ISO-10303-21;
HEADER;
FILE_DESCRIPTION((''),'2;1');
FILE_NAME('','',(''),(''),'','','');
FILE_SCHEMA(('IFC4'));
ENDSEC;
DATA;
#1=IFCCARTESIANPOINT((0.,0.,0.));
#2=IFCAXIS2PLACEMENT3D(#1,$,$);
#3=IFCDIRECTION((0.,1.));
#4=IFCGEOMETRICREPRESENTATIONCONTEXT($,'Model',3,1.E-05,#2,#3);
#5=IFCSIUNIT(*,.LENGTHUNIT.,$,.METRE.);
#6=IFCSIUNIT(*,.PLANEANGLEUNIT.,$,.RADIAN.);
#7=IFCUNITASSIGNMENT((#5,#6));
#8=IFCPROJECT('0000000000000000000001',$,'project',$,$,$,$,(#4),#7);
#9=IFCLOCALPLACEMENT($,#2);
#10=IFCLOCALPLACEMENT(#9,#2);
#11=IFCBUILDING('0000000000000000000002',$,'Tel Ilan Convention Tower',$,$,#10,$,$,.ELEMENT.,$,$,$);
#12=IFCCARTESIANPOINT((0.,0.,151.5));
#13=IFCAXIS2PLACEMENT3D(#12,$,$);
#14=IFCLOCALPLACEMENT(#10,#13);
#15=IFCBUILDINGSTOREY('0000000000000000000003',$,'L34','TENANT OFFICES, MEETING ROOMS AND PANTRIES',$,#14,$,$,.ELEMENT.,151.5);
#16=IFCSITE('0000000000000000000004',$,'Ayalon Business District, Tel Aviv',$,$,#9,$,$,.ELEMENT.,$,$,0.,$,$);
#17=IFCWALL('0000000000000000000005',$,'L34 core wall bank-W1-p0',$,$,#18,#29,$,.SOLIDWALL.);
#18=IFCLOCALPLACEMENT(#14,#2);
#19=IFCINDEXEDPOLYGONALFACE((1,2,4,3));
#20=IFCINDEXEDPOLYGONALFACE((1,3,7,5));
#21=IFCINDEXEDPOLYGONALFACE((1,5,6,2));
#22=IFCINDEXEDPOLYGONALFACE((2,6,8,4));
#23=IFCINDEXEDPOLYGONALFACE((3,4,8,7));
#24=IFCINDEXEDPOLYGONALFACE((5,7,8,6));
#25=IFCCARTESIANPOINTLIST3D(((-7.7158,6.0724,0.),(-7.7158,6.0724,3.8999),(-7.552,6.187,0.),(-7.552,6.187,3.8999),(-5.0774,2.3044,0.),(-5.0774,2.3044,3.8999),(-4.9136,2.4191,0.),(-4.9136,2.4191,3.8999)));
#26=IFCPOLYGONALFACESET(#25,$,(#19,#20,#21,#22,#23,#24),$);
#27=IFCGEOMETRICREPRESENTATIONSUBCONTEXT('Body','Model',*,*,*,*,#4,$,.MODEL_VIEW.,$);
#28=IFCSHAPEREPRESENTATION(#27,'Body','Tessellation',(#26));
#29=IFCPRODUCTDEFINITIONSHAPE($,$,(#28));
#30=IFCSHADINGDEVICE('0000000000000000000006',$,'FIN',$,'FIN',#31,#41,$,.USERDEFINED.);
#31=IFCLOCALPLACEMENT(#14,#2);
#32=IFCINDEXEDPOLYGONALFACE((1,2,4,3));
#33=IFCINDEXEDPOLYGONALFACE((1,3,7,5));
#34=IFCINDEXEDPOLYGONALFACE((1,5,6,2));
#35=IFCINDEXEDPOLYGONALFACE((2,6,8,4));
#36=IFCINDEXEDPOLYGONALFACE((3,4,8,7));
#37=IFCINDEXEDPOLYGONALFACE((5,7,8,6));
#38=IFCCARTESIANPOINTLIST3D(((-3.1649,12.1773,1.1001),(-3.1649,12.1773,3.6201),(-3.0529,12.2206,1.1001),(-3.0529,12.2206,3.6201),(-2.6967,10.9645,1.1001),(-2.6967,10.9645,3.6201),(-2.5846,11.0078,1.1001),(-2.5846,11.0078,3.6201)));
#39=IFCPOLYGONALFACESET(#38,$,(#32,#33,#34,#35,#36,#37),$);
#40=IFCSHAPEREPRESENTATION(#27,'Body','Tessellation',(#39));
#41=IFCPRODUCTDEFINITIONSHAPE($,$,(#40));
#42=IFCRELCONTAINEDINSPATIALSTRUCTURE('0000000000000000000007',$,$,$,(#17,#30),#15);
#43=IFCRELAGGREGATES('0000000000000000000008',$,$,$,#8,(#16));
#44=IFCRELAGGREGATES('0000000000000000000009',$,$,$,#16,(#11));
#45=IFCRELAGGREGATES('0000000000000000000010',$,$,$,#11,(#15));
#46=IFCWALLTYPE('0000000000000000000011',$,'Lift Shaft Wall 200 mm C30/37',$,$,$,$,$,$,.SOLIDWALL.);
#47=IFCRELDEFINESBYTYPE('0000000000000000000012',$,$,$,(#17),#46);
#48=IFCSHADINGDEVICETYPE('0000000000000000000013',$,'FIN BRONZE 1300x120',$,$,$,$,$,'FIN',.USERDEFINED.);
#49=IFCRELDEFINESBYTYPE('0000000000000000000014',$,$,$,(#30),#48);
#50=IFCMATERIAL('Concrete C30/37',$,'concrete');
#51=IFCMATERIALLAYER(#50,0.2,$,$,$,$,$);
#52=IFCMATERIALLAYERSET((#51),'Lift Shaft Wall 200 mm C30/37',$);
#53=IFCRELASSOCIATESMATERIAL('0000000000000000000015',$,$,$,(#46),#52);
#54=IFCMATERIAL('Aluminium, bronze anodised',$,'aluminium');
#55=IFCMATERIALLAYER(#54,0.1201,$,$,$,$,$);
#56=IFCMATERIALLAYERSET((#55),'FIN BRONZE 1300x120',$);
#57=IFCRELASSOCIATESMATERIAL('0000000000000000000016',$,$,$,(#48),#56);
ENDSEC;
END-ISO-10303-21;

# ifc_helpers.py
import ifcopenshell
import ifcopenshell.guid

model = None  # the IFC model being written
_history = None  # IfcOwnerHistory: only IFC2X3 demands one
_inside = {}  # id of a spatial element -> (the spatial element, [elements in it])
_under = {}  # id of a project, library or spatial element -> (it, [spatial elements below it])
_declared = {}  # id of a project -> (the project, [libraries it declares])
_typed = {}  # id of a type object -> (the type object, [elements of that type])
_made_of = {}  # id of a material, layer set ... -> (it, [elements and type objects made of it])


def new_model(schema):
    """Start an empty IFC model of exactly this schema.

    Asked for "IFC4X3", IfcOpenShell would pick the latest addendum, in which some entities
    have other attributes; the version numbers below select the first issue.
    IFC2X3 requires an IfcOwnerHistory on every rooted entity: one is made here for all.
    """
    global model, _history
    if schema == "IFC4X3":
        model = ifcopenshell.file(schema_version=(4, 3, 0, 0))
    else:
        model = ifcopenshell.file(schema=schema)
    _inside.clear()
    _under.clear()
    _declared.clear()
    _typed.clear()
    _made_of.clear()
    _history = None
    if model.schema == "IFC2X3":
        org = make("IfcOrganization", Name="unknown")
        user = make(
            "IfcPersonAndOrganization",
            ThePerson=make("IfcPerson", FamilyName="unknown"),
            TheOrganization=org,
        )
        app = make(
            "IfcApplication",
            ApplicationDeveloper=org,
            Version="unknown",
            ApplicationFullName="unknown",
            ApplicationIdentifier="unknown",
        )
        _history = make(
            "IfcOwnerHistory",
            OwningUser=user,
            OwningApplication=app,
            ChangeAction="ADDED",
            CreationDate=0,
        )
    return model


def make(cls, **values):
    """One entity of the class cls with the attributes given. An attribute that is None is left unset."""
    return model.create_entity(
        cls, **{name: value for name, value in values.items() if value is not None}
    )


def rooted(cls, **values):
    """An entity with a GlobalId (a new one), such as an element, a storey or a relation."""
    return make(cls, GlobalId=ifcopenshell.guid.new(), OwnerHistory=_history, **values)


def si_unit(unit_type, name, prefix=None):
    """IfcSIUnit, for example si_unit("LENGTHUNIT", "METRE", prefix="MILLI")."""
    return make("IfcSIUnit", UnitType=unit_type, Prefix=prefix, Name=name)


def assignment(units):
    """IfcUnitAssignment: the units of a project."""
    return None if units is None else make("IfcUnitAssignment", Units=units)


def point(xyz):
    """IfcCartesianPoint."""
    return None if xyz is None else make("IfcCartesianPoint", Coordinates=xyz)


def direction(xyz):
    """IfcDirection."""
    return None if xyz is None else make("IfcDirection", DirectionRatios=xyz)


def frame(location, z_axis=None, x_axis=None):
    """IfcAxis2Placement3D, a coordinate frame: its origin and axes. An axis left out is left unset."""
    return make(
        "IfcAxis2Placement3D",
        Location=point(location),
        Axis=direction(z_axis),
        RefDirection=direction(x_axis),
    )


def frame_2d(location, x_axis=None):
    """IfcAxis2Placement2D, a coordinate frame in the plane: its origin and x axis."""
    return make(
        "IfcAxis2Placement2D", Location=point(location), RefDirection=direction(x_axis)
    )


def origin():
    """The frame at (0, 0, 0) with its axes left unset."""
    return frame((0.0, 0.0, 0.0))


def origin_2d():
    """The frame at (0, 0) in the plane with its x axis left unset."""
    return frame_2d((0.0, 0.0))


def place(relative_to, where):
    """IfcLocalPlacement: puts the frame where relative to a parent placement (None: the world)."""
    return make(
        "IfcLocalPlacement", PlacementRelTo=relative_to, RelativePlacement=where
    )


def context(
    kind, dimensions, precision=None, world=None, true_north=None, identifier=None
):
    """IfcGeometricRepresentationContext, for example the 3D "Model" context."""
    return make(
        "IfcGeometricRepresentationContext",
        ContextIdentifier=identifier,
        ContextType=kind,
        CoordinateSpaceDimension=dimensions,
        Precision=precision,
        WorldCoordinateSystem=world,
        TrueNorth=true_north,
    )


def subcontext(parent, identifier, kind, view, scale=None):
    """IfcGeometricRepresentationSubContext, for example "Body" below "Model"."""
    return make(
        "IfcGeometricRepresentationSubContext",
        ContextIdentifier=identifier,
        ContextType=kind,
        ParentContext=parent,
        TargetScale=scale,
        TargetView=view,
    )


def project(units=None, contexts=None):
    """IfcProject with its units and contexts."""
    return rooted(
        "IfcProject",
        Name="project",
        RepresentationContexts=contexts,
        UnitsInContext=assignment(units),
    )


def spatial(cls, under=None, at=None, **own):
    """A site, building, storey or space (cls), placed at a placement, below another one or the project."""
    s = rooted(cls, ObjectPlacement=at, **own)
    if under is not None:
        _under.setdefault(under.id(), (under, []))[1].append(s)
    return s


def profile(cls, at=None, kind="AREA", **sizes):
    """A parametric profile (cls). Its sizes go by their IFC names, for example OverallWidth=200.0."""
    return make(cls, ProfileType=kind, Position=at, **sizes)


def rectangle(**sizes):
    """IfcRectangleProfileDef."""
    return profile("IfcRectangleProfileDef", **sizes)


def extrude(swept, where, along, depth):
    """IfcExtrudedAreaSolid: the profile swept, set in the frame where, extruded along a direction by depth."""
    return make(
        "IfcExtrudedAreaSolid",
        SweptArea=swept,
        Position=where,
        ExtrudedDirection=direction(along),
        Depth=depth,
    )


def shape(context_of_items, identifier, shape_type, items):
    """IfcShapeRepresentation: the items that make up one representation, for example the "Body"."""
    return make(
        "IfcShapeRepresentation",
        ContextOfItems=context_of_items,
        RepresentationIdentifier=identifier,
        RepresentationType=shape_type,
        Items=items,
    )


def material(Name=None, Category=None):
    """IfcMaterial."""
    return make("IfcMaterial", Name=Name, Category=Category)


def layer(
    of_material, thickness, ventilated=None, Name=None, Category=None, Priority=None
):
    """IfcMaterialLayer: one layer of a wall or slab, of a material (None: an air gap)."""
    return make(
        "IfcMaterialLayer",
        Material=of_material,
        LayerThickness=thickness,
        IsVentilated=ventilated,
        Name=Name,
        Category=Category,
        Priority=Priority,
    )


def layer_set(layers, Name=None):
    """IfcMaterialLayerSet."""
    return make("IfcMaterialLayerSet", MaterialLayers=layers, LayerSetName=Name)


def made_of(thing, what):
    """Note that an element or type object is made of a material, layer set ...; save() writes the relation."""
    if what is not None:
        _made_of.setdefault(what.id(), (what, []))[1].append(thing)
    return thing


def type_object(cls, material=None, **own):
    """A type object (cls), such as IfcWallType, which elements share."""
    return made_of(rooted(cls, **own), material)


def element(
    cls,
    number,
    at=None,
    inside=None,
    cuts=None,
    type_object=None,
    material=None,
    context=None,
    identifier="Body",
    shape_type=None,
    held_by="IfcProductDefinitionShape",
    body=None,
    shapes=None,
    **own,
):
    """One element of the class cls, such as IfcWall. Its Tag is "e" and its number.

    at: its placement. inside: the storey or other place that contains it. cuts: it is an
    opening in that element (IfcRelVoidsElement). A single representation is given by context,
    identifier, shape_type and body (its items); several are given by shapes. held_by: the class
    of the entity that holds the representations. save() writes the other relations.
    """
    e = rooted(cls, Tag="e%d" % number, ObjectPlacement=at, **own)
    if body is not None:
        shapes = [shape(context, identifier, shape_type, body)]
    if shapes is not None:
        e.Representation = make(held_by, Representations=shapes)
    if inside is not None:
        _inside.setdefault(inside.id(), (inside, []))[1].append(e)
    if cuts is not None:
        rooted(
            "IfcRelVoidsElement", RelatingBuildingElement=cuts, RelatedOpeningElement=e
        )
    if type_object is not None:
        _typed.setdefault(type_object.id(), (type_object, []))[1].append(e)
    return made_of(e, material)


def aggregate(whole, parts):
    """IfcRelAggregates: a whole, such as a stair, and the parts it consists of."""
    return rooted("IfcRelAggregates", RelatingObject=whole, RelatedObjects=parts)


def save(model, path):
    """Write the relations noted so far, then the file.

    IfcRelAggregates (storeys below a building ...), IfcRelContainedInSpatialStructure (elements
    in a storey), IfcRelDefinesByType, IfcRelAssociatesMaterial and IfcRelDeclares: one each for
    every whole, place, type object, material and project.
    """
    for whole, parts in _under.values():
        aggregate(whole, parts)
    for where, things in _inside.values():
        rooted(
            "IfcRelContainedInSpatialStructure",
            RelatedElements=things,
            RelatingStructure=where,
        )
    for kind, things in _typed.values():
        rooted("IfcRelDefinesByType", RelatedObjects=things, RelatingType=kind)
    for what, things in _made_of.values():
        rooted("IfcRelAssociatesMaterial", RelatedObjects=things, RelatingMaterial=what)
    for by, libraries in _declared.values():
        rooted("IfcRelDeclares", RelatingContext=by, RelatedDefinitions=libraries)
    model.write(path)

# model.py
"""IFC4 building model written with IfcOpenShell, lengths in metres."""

from ifc_helpers import new_model, si_unit, direction, frame, frame_2d, origin, origin_2d, place, context, subcontext, project, spatial, rectangle, extrude, material, layer, layer_set, type_object, element, save


model = new_model("IFC4")

# Units and contexts
model_context = context("Model", 3, precision=1e-05, world=origin(), true_north=direction((0.0, 1.0)))
body_context = subcontext(model_context, "Body", "Model", "MODEL_VIEW")
ifc_project = project(units=[si_unit("LENGTHUNIT", "METRE"), si_unit("PLANEANGLEUNIT", "RADIAN")], contexts=[model_context])

# Site, building, storey
site_placement = place(None, origin())
site = spatial("IfcSite", under=ifc_project, at=site_placement, Name="Ayalon Business District, Tel Aviv", CompositionType="ELEMENT", RefElevation=0.0)
building_placement = place(site_placement, origin())
building = spatial("IfcBuilding", under=site, at=building_placement, Name="Tel Ilan Convention Tower", CompositionType="ELEMENT")
storey_placement = place(building_placement, frame((0.0, 0.0, 151.5)))
storey = spatial("IfcBuildingStorey", under=building, at=storey_placement, Name="L34", Description="TENANT OFFICES, MEETING ROOMS AND PANTRIES", CompositionType="ELEMENT", Elevation=151.5)

# Wall
ifc_material_1 = material(Name="Concrete C30/37", Category="concrete")
ifc_layer_1 = layer(ifc_material_1, 0.2)
ifc_layer_set_1 = layer_set([ifc_layer_1], Name="Lift Shaft Wall 200 mm C30/37")
wall_type_1 = type_object("IfcWallType", Name="Lift Shaft Wall 200 mm C30/37", PredefinedType="SOLIDWALL", material=ifc_layer_set_1)
wall_1_placement = place(storey_placement, frame((-4.9956, 2.3618, 0.0), z_axis=(0.0, 0.0, 1.0), x_axis=(-0.573576, 0.819152, 0.0)))
element("IfcWall", 1, at=wall_1_placement, inside=storey, type_object=wall_type_1, Name="L34 core wall bank-W1-p0", PredefinedType="SOLIDWALL", context=body_context, shape_type="SweptSolid", body=[
    extrude(rectangle(XDim=4.5999, YDim=0.2, at=frame_2d((2.2998, 0.0))), origin(), (0.0, 0.0, 1.0), 3.8999),
])

# Shading device
ifc_material_2 = material(Name="Aluminium, bronze anodised", Category="aluminium")
ifc_layer_2 = layer(ifc_material_2, 0.1201)
ifc_layer_set_2 = layer_set([ifc_layer_2], Name="FIN BRONZE 1300x120")
shading_device_type = type_object("IfcShadingDeviceType", Name="FIN BRONZE 1300x120", ElementType="FIN", PredefinedType="USERDEFINED", material=ifc_layer_set_2)
shading_device_placement = place(storey_placement, frame((-2.8748, 11.5925, 1.1001), z_axis=(0.0, 0.0, 1.0), x_axis=(-0.360178, 0.932884, 0.0)))
element("IfcShadingDevice", 2, at=shading_device_placement, inside=storey, type_object=shading_device_type, Name="FIN", ObjectType="FIN", PredefinedType="USERDEFINED", context=body_context, shape_type="SweptSolid", body=[
    extrude(rectangle(XDim=1.3, YDim=0.1201, at=origin_2d()), origin(), (0.0, 0.0, 1.0), 2.52),
])

save(model, "model.ifc")
